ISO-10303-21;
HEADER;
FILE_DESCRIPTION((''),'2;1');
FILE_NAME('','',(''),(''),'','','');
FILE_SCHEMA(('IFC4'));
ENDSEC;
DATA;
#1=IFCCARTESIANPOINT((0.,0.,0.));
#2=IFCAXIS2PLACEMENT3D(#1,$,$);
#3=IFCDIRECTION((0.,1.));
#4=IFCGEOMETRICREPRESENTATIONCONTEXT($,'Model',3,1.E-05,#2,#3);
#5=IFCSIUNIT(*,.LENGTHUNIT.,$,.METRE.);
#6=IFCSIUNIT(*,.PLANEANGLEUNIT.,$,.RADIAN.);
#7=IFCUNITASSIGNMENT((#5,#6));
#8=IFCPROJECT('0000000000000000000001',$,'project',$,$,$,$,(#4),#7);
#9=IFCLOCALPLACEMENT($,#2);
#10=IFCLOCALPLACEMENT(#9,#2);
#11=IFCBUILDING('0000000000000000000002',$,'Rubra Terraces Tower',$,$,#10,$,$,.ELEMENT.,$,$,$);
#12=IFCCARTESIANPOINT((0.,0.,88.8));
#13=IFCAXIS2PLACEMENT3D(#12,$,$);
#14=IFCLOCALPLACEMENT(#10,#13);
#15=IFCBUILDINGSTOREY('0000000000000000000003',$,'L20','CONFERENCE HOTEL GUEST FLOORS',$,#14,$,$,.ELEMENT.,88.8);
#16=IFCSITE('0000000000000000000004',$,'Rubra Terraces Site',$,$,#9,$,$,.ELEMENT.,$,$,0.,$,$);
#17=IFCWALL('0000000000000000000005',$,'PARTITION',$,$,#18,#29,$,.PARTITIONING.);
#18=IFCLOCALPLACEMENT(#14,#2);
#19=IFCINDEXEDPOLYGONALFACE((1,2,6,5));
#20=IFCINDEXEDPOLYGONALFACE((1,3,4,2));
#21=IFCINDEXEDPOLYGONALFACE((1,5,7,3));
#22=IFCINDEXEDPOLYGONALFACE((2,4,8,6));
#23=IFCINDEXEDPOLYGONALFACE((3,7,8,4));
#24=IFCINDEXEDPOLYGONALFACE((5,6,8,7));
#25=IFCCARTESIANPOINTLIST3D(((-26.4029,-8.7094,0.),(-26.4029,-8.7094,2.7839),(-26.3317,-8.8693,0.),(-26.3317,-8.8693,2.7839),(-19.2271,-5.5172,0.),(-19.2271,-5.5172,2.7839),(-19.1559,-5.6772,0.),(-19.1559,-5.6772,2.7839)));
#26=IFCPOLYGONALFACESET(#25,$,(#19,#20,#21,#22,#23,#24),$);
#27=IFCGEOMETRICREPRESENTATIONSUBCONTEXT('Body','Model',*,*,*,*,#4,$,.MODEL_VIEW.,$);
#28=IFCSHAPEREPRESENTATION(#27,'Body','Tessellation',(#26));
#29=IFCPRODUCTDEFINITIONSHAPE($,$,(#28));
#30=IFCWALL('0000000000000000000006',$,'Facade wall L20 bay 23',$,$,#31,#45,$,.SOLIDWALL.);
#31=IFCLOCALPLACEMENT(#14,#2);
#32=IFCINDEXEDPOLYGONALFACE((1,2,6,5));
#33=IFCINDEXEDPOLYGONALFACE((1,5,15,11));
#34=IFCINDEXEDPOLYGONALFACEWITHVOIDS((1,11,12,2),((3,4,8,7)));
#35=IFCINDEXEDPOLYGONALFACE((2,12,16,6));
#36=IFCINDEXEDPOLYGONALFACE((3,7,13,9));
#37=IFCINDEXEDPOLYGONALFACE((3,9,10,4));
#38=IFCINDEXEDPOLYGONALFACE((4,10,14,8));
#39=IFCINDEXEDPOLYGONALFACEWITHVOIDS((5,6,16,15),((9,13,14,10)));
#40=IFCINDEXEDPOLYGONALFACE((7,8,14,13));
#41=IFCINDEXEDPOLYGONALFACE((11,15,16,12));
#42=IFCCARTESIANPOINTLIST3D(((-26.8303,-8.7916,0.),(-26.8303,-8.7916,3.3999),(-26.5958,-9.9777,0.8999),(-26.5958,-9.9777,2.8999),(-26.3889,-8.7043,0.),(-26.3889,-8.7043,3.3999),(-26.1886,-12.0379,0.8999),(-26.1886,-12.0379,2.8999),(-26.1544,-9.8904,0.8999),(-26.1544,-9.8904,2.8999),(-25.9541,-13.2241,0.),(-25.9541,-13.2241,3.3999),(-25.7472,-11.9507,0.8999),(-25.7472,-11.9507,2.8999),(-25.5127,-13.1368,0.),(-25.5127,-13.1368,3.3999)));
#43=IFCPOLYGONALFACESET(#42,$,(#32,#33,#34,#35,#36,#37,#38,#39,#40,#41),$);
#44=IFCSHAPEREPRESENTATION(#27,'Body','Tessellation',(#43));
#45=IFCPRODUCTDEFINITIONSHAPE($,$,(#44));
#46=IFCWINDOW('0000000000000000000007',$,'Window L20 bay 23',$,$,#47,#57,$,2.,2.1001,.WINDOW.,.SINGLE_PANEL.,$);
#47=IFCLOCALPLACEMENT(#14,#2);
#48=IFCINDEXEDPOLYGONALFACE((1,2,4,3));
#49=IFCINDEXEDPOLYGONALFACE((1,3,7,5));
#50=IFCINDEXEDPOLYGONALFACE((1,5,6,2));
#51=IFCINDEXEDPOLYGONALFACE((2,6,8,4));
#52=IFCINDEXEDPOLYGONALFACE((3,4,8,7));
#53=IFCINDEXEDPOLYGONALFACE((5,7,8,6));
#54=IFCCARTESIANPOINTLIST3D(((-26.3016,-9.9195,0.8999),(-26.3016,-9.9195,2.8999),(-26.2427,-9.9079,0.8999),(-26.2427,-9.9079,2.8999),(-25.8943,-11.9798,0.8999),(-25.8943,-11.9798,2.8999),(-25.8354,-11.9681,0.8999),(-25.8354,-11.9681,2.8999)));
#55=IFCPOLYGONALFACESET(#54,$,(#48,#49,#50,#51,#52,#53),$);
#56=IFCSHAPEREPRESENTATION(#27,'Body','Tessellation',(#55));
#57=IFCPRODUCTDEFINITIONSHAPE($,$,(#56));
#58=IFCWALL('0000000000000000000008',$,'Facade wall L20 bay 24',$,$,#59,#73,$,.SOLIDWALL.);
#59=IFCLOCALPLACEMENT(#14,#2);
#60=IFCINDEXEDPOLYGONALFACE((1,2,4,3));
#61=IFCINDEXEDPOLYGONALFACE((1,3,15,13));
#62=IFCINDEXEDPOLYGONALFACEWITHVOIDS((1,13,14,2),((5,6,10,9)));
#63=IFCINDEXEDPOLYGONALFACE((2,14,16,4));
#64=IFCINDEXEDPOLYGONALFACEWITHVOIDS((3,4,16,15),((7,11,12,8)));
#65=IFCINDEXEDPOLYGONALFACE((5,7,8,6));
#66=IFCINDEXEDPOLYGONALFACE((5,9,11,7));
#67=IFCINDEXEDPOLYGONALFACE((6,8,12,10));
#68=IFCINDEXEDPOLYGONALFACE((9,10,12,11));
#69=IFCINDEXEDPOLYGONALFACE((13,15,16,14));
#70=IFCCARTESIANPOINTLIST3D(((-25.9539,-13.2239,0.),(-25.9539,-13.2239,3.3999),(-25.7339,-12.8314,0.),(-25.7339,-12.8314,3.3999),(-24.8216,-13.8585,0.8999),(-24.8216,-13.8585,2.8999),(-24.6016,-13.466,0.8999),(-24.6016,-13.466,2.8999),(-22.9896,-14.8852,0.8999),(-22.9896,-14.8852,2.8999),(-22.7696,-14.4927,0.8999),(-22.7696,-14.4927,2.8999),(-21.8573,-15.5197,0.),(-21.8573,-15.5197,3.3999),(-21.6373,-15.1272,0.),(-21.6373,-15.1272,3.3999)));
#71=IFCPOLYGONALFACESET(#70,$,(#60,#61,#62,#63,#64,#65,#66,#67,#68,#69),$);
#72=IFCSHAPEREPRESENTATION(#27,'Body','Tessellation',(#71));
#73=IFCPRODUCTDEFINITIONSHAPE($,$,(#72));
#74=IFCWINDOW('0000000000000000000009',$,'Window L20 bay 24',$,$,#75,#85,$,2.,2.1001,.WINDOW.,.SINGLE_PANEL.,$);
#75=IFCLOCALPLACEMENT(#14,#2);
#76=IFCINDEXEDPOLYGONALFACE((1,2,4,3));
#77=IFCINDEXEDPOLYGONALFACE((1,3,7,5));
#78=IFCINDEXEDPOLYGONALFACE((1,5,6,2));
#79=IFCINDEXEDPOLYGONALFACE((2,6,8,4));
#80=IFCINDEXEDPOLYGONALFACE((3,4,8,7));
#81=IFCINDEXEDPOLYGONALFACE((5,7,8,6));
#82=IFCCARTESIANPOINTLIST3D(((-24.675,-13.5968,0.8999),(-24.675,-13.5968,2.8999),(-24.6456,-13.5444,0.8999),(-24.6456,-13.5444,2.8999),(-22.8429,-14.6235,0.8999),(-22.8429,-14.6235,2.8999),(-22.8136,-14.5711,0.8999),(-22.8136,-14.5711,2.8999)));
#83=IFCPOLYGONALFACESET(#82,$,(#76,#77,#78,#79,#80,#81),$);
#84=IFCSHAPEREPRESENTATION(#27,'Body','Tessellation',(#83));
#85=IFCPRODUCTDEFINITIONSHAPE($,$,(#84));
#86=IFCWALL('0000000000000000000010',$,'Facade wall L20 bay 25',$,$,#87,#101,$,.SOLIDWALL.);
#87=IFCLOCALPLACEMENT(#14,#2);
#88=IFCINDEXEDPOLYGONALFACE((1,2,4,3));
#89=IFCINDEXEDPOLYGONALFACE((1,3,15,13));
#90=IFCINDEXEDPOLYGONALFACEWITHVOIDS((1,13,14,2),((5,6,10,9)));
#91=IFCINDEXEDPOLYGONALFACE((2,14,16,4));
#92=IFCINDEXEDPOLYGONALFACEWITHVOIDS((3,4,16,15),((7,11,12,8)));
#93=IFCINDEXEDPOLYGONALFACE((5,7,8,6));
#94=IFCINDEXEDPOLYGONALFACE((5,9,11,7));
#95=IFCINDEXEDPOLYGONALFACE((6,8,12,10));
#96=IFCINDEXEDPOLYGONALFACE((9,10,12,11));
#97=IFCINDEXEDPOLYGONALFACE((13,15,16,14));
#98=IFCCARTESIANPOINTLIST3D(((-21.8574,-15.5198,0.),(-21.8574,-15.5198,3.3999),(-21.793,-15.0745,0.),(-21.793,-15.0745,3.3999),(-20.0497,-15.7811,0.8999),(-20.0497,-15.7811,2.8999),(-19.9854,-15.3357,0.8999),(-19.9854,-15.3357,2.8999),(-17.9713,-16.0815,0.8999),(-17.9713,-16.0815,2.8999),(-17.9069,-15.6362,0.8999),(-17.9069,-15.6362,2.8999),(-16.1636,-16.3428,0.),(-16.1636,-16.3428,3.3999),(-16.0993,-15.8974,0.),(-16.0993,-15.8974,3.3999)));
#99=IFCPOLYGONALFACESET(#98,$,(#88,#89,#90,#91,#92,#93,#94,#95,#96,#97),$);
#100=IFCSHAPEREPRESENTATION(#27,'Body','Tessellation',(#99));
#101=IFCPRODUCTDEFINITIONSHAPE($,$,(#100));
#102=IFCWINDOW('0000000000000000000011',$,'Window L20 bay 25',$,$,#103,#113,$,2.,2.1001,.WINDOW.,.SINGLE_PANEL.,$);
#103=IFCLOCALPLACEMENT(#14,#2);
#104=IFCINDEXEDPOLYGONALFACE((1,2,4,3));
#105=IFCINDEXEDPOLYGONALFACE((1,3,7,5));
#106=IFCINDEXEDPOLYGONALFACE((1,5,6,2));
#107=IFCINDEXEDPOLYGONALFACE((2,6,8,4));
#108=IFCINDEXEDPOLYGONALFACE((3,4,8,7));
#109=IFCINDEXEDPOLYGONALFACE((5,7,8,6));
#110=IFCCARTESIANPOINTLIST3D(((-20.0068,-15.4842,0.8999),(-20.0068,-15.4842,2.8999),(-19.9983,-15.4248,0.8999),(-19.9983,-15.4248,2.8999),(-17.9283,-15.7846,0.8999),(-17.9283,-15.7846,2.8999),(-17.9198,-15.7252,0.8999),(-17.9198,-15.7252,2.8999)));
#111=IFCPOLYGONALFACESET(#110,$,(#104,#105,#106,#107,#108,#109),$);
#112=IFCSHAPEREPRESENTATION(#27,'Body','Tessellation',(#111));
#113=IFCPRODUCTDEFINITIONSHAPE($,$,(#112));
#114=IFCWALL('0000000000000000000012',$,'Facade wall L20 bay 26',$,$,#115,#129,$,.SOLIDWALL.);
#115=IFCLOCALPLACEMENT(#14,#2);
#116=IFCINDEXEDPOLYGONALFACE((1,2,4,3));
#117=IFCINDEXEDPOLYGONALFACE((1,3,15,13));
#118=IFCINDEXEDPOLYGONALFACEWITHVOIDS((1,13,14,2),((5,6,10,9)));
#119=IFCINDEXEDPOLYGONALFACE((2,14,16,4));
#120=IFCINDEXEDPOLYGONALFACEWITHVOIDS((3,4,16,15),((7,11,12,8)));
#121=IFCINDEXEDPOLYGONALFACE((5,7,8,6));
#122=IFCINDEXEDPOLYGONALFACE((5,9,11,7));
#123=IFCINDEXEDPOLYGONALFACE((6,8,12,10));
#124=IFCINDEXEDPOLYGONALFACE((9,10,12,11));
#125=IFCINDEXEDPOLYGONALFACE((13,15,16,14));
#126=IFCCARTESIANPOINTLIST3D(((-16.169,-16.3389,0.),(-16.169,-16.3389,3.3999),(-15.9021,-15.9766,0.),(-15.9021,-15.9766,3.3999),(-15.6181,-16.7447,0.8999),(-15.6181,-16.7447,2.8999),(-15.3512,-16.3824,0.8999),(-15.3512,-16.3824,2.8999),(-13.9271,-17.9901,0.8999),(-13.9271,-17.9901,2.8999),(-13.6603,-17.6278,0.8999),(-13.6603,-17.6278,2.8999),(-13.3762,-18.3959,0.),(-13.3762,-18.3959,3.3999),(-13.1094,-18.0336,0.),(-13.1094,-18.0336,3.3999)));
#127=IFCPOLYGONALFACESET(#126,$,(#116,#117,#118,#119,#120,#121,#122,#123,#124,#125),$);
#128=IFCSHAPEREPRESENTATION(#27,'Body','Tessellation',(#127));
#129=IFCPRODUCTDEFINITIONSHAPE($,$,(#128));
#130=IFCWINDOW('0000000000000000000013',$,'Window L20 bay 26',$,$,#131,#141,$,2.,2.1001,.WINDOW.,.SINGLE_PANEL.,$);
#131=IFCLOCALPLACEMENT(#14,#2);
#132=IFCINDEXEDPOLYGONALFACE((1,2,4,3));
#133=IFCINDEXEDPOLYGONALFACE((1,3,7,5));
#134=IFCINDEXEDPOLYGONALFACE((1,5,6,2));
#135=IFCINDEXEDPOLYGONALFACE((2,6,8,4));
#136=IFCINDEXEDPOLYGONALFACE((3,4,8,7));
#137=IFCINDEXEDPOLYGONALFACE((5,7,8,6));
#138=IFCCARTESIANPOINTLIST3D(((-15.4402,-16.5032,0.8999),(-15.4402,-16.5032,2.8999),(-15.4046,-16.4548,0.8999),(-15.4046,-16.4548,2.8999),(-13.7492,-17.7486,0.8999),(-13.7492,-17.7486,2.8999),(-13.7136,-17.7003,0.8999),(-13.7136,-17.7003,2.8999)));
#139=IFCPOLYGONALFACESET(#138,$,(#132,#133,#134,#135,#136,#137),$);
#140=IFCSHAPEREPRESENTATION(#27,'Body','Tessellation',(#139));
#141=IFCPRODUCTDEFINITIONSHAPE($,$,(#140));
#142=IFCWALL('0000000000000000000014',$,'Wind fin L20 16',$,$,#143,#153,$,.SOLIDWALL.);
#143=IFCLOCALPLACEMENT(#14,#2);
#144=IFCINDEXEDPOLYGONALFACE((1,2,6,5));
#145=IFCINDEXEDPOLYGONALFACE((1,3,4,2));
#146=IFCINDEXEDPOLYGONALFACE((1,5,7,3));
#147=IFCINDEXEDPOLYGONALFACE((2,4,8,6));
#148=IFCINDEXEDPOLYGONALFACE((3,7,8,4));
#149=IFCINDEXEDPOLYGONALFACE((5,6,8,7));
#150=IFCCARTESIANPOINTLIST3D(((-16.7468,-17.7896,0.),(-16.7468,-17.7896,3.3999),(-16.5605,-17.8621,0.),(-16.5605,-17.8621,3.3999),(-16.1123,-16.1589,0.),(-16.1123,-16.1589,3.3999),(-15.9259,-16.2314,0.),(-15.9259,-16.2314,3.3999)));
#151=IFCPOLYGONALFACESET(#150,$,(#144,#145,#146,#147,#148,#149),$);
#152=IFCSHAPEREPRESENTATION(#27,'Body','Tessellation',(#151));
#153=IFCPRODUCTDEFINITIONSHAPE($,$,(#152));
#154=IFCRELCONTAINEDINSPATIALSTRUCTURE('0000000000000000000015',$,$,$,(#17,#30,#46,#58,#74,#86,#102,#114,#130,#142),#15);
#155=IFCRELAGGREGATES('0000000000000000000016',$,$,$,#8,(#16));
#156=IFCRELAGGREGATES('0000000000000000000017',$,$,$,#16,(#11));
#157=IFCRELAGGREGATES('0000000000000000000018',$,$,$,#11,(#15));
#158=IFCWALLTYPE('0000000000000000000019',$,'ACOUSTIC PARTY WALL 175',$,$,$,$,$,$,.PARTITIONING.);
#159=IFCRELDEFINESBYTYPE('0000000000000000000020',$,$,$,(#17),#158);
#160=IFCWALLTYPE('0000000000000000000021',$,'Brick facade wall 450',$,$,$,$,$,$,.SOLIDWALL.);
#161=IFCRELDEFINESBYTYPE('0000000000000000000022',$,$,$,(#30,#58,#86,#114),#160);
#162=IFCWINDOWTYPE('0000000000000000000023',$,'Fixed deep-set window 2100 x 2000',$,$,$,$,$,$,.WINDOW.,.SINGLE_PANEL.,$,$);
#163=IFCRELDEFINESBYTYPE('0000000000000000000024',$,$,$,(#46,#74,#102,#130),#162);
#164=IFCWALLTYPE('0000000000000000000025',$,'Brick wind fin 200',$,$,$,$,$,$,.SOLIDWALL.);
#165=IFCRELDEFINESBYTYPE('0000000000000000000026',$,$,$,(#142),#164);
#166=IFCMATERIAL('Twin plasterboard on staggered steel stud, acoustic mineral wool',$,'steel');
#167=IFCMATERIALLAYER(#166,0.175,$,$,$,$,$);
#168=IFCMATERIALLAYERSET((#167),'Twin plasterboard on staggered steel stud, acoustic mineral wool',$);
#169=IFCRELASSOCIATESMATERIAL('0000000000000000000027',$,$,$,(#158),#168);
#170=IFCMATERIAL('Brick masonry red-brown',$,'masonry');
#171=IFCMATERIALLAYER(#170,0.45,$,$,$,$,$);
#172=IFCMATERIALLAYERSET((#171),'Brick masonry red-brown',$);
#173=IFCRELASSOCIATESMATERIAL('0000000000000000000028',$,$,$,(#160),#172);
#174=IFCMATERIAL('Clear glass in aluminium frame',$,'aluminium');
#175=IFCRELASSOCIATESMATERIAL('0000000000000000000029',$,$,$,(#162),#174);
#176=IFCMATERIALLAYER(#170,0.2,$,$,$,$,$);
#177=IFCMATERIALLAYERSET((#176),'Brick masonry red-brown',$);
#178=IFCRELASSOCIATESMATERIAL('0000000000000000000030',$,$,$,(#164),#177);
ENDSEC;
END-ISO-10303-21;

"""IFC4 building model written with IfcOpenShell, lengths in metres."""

from ifc_helpers import new_model, si_unit, direction, frame, frame_2d, origin, place, context, subcontext, project, spatial, rectangle, extrude, material, layer, layer_set, type_object, element, fill, save


model = new_model("IFC4")

# Units and contexts
model_context = context("Model", 3, precision=1e-05, world=origin(), true_north=direction((0.0, 1.0)))
body_context = subcontext(model_context, "Body", "Model", "MODEL_VIEW")
ifc_project = project(units=[si_unit("LENGTHUNIT", "METRE"), si_unit("PLANEANGLEUNIT", "RADIAN")], contexts=[model_context])

# Site, building, storey
site_placement = place(None, origin())
site = spatial("IfcSite", under=ifc_project, at=site_placement, Name="Rubra Terraces Site", CompositionType="ELEMENT", RefElevation=0.0)
building_placement = place(site_placement, origin())
building = spatial("IfcBuilding", under=site, at=building_placement, Name="Rubra Terraces Tower", CompositionType="ELEMENT")
storey_placement = place(building_placement, frame((0.0, 0.0, 88.8)))
storey = spatial("IfcBuildingStorey", under=building, at=storey_placement, Name="L20", Description="CONFERENCE HOTEL GUEST FLOORS", CompositionType="ELEMENT", Elevation=88.8)

# Wall
ifc_material_1 = material(Name="Twin plasterboard on staggered steel stud, acoustic mineral wool", Category="steel")
ifc_layer_1 = layer(ifc_material_1, 0.175)
ifc_layer_set_1 = layer_set([ifc_layer_1], Name="Twin plasterboard on staggered steel stud, acoustic mineral wool")
wall_type_1 = type_object("IfcWallType", Name="ACOUSTIC PARTY WALL 175", PredefinedType="PARTITIONING", material=ifc_layer_set_1)
wall_1_placement = place(storey_placement, frame((-26.3672, -8.7893, 0.0), z_axis=(0.0, 0.0, 1.0), x_axis=(0.913674, 0.406447, 0.0)))
element("IfcWall", 1, at=wall_1_placement, inside=storey, type_object=wall_type_1, Name="PARTITION", PredefinedType="PARTITIONING", context=body_context, shape_type="SweptSolid", body=[
    extrude(rectangle(XDim=7.8538, YDim=0.175, at=frame_2d((3.9268, 0.0))), origin(), (0.0, 0.0, 1.0), 2.7839),
])

# Walls, openings, windows
ifc_material_2 = material(Name="Brick masonry red-brown", Category="masonry")
ifc_layer_2 = layer(ifc_material_2, 0.45)
ifc_layer_set_2 = layer_set([ifc_layer_2], Name="Brick masonry red-brown")
wall_type_2 = type_object("IfcWallType", Name="Brick facade wall 450", PredefinedType="SOLIDWALL", material=ifc_layer_set_2)
wall_2_placement = place(storey_placement, frame((-26.6096, -8.7478, 0.0), z_axis=(0.0, 0.0, 1.0), x_axis=(0.193923, -0.981017, 0.0)))
wall_2 = element("IfcWall", 2, at=wall_2_placement, inside=storey, type_object=wall_type_2, Name="Facade wall L20 bay 23", PredefinedType="SOLIDWALL", context=body_context, shape_type="SweptSolid", body=[
    extrude(rectangle(XDim=4.5183, YDim=0.45, at=frame_2d((2.2593, 0.0))), origin(), (0.0, 0.0, 1.0), 3.3999),
])
opening_1_placement = place(wall_2_placement, frame((1.2092, 0.0, 0.8999)))
opening_1 = element("IfcOpeningElement", 3, at=opening_1_placement, cuts=wall_2, PredefinedType="OPENING", context=body_context, shape_type="SweptSolid", body=[
    extrude(rectangle(XDim=2.1001, YDim=2.0, at=frame_2d((1.05, 1.0))), frame((0.0, 0.2349, 0.0), z_axis=(0.0, -1.0, 0.0), x_axis=(1.0, 0.0, 0.0)), (0.0, 0.0, 1.0), 0.47),
])
ifc_material_3 = material(Name="Clear glass in aluminium frame", Category="aluminium")
window_type = type_object("IfcWindowType", Name="Fixed deep-set window 2100 x 2000", PartitioningType="SINGLE_PANEL", PredefinedType="WINDOW", material=ifc_material_3)
window_1_placement = place(opening_1_placement, origin())
window_1 = element("IfcWindow", 4, at=window_1_placement, inside=storey, type_object=window_type, Name="Window L20 bay 23", OverallHeight=2.0, OverallWidth=2.1001, PartitioningType="SINGLE_PANEL", PredefinedType="WINDOW", context=body_context, shape_type="SweptSolid", body=[
    extrude(rectangle(XDim=2.1001, YDim=2.0, at=frame_2d((1.05, 1.0))), frame((0.0, 0.135, 0.0), z_axis=(0.0, -1.0, 0.0), x_axis=(1.0, 0.0, 0.0)), (0.0, 0.0, 1.0), 0.0601),
])
fill(opening_1, window_1)
wall_3_placement = place(storey_placement, frame((-25.844, -13.0276, 0.0), z_axis=(0.0, 0.0, 1.0), x_axis=(0.872346, -0.488888, 0.0)))
wall_3 = element("IfcWall", 5, at=wall_3_placement, inside=storey, type_object=wall_type_2, Name="Facade wall L20 bay 24", PredefinedType="SOLIDWALL", context=body_context, shape_type="SweptSolid", body=[
    extrude(rectangle(XDim=4.696, YDim=0.45, at=frame_2d((2.3481, 0.0))), origin(), (0.0, 0.0, 1.0), 3.3999),
])
opening_2_placement = place(wall_3_placement, frame((1.2981, 0.0, 0.8999)))
opening_2 = element("IfcOpeningElement", 6, at=opening_2_placement, cuts=wall_3, PredefinedType="OPENING", context=body_context, shape_type="SweptSolid", body=[
    extrude(rectangle(XDim=2.1001, YDim=2.0, at=frame_2d((1.05, 1.0))), frame((0.0, 0.2349, 0.0), z_axis=(0.0, -1.0, 0.0), x_axis=(1.0, 0.0, 0.0)), (0.0, 0.0, 1.0), 0.47),
])
window_2_placement = place(opening_2_placement, origin())
window_2 = element("IfcWindow", 7, at=window_2_placement, inside=storey, type_object=window_type, Name="Window L20 bay 24", OverallHeight=2.0, OverallWidth=2.1001, PartitioningType="SINGLE_PANEL", PredefinedType="WINDOW", context=body_context, shape_type="SweptSolid", body=[
    extrude(rectangle(XDim=2.1001, YDim=2.0, at=frame_2d((1.05, 1.0))), frame((0.0, 0.135, 0.0), z_axis=(0.0, -1.0, 0.0), x_axis=(1.0, 0.0, 0.0)), (0.0, 0.0, 1.0), 0.0601),
])
fill(opening_2, window_2)
wall_4_placement = place(storey_placement, frame((-21.8252, -15.2971, 0.0), z_axis=(0.0, 0.0, 1.0), x_axis=(0.989715, -0.143055, 0.0)))
wall_4 = element("IfcWall", 8, at=wall_4_placement, inside=storey, type_object=wall_type_2, Name="Facade wall L20 bay 25", PredefinedType="SOLIDWALL", context=body_context, shape_type="SweptSolid", body=[
    extrude(rectangle(XDim=5.7529, YDim=0.45, at=frame_2d((2.8765, 0.0))), origin(), (0.0, 0.0, 1.0), 3.3999),
])
opening_3_placement = place(wall_4_placement, frame((1.8264, 0.0, 0.8999)))
opening_3 = element("IfcOpeningElement", 9, at=opening_3_placement, cuts=wall_4, PredefinedType="OPENING", context=body_context, shape_type="SweptSolid", body=[
    extrude(rectangle(XDim=2.1001, YDim=2.0, at=frame_2d((1.05, 1.0))), frame((0.0, 0.2349, 0.0), z_axis=(0.0, -1.0, 0.0), x_axis=(1.0, 0.0, 0.0)), (0.0, 0.0, 1.0), 0.47),
])
window_3_placement = place(opening_3_placement, origin())
window_3 = element("IfcWindow", 10, at=window_3_placement, inside=storey, type_object=window_type, Name="Window L20 bay 25", OverallHeight=2.0, OverallWidth=2.1001, PartitioningType="SINGLE_PANEL", PredefinedType="WINDOW", context=body_context, shape_type="SweptSolid", body=[
    extrude(rectangle(XDim=2.1001, YDim=2.0, at=frame_2d((1.05, 1.0))), frame((0.0, 0.135, 0.0), z_axis=(0.0, -1.0, 0.0), x_axis=(1.0, 0.0, 0.0)), (0.0, 0.0, 1.0), 0.0601),
])
fill(opening_3, window_3)
wall_5_placement = place(storey_placement, frame((-16.0356, -16.1577, 0.0), z_axis=(0.0, 0.0, 1.0), x_axis=(0.805181, -0.593029, 0.0)))
wall_5 = element("IfcWall", 11, at=wall_5_placement, inside=storey, type_object=wall_type_2, Name="Facade wall L20 bay 26", PredefinedType="SOLIDWALL", context=body_context, shape_type="SweptSolid", body=[
    extrude(rectangle(XDim=3.4685, YDim=0.45, at=frame_2d((1.7344, 0.0))), origin(), (0.0, 0.0, 1.0), 3.3999),
])
opening_4_placement = place(wall_5_placement, frame((0.6843, 0.0, 0.8999)))
opening_4 = element("IfcOpeningElement", 12, at=opening_4_placement, cuts=wall_5, PredefinedType="OPENING", context=body_context, shape_type="SweptSolid", body=[
    extrude(rectangle(XDim=2.1001, YDim=2.0, at=frame_2d((1.05, 1.0))), frame((0.0, 0.2349, 0.0), z_axis=(0.0, -1.0, 0.0), x_axis=(1.0, 0.0, 0.0)), (0.0, 0.0, 1.0), 0.47),
])
window_4_placement = place(opening_4_placement, origin())
window_4 = element("IfcWindow", 13, at=window_4_placement, inside=storey, type_object=window_type, Name="Window L20 bay 26", OverallHeight=2.0, OverallWidth=2.1001, PartitioningType="SINGLE_PANEL", PredefinedType="WINDOW", context=body_context, shape_type="SweptSolid", body=[
    extrude(rectangle(XDim=2.1001, YDim=2.0, at=frame_2d((1.05, 1.0))), frame((0.0, 0.135, 0.0), z_axis=(0.0, -1.0, 0.0), x_axis=(1.0, 0.0, 0.0)), (0.0, 0.0, 1.0), 0.0601),
])
fill(opening_4, window_4)

# Wall
ifc_layer_3 = layer(ifc_material_2, 0.2)
ifc_layer_set_3 = layer_set([ifc_layer_3], Name="Brick masonry red-brown")
wall_type_3 = type_object("IfcWallType", Name="Brick wind fin 200", PredefinedType="SOLIDWALL", material=ifc_layer_set_3)
wall_6_placement = place(storey_placement, frame((-16.019, -16.1951, 0.0), z_axis=(0.0, 0.0, 1.0), x_axis=(-0.362642, -0.931929, 0.0)))
element("IfcWall", 14, at=wall_6_placement, inside=storey, type_object=wall_type_3, Name="Wind fin L20 16", PredefinedType="SOLIDWALL", context=body_context, shape_type="SweptSolid", body=[
    extrude(rectangle(XDim=1.7498, YDim=0.2, at=frame_2d((0.875, 0.0))), origin(), (0.0, 0.0, 1.0), 3.3999),
])

save(model, "model.ifc")
